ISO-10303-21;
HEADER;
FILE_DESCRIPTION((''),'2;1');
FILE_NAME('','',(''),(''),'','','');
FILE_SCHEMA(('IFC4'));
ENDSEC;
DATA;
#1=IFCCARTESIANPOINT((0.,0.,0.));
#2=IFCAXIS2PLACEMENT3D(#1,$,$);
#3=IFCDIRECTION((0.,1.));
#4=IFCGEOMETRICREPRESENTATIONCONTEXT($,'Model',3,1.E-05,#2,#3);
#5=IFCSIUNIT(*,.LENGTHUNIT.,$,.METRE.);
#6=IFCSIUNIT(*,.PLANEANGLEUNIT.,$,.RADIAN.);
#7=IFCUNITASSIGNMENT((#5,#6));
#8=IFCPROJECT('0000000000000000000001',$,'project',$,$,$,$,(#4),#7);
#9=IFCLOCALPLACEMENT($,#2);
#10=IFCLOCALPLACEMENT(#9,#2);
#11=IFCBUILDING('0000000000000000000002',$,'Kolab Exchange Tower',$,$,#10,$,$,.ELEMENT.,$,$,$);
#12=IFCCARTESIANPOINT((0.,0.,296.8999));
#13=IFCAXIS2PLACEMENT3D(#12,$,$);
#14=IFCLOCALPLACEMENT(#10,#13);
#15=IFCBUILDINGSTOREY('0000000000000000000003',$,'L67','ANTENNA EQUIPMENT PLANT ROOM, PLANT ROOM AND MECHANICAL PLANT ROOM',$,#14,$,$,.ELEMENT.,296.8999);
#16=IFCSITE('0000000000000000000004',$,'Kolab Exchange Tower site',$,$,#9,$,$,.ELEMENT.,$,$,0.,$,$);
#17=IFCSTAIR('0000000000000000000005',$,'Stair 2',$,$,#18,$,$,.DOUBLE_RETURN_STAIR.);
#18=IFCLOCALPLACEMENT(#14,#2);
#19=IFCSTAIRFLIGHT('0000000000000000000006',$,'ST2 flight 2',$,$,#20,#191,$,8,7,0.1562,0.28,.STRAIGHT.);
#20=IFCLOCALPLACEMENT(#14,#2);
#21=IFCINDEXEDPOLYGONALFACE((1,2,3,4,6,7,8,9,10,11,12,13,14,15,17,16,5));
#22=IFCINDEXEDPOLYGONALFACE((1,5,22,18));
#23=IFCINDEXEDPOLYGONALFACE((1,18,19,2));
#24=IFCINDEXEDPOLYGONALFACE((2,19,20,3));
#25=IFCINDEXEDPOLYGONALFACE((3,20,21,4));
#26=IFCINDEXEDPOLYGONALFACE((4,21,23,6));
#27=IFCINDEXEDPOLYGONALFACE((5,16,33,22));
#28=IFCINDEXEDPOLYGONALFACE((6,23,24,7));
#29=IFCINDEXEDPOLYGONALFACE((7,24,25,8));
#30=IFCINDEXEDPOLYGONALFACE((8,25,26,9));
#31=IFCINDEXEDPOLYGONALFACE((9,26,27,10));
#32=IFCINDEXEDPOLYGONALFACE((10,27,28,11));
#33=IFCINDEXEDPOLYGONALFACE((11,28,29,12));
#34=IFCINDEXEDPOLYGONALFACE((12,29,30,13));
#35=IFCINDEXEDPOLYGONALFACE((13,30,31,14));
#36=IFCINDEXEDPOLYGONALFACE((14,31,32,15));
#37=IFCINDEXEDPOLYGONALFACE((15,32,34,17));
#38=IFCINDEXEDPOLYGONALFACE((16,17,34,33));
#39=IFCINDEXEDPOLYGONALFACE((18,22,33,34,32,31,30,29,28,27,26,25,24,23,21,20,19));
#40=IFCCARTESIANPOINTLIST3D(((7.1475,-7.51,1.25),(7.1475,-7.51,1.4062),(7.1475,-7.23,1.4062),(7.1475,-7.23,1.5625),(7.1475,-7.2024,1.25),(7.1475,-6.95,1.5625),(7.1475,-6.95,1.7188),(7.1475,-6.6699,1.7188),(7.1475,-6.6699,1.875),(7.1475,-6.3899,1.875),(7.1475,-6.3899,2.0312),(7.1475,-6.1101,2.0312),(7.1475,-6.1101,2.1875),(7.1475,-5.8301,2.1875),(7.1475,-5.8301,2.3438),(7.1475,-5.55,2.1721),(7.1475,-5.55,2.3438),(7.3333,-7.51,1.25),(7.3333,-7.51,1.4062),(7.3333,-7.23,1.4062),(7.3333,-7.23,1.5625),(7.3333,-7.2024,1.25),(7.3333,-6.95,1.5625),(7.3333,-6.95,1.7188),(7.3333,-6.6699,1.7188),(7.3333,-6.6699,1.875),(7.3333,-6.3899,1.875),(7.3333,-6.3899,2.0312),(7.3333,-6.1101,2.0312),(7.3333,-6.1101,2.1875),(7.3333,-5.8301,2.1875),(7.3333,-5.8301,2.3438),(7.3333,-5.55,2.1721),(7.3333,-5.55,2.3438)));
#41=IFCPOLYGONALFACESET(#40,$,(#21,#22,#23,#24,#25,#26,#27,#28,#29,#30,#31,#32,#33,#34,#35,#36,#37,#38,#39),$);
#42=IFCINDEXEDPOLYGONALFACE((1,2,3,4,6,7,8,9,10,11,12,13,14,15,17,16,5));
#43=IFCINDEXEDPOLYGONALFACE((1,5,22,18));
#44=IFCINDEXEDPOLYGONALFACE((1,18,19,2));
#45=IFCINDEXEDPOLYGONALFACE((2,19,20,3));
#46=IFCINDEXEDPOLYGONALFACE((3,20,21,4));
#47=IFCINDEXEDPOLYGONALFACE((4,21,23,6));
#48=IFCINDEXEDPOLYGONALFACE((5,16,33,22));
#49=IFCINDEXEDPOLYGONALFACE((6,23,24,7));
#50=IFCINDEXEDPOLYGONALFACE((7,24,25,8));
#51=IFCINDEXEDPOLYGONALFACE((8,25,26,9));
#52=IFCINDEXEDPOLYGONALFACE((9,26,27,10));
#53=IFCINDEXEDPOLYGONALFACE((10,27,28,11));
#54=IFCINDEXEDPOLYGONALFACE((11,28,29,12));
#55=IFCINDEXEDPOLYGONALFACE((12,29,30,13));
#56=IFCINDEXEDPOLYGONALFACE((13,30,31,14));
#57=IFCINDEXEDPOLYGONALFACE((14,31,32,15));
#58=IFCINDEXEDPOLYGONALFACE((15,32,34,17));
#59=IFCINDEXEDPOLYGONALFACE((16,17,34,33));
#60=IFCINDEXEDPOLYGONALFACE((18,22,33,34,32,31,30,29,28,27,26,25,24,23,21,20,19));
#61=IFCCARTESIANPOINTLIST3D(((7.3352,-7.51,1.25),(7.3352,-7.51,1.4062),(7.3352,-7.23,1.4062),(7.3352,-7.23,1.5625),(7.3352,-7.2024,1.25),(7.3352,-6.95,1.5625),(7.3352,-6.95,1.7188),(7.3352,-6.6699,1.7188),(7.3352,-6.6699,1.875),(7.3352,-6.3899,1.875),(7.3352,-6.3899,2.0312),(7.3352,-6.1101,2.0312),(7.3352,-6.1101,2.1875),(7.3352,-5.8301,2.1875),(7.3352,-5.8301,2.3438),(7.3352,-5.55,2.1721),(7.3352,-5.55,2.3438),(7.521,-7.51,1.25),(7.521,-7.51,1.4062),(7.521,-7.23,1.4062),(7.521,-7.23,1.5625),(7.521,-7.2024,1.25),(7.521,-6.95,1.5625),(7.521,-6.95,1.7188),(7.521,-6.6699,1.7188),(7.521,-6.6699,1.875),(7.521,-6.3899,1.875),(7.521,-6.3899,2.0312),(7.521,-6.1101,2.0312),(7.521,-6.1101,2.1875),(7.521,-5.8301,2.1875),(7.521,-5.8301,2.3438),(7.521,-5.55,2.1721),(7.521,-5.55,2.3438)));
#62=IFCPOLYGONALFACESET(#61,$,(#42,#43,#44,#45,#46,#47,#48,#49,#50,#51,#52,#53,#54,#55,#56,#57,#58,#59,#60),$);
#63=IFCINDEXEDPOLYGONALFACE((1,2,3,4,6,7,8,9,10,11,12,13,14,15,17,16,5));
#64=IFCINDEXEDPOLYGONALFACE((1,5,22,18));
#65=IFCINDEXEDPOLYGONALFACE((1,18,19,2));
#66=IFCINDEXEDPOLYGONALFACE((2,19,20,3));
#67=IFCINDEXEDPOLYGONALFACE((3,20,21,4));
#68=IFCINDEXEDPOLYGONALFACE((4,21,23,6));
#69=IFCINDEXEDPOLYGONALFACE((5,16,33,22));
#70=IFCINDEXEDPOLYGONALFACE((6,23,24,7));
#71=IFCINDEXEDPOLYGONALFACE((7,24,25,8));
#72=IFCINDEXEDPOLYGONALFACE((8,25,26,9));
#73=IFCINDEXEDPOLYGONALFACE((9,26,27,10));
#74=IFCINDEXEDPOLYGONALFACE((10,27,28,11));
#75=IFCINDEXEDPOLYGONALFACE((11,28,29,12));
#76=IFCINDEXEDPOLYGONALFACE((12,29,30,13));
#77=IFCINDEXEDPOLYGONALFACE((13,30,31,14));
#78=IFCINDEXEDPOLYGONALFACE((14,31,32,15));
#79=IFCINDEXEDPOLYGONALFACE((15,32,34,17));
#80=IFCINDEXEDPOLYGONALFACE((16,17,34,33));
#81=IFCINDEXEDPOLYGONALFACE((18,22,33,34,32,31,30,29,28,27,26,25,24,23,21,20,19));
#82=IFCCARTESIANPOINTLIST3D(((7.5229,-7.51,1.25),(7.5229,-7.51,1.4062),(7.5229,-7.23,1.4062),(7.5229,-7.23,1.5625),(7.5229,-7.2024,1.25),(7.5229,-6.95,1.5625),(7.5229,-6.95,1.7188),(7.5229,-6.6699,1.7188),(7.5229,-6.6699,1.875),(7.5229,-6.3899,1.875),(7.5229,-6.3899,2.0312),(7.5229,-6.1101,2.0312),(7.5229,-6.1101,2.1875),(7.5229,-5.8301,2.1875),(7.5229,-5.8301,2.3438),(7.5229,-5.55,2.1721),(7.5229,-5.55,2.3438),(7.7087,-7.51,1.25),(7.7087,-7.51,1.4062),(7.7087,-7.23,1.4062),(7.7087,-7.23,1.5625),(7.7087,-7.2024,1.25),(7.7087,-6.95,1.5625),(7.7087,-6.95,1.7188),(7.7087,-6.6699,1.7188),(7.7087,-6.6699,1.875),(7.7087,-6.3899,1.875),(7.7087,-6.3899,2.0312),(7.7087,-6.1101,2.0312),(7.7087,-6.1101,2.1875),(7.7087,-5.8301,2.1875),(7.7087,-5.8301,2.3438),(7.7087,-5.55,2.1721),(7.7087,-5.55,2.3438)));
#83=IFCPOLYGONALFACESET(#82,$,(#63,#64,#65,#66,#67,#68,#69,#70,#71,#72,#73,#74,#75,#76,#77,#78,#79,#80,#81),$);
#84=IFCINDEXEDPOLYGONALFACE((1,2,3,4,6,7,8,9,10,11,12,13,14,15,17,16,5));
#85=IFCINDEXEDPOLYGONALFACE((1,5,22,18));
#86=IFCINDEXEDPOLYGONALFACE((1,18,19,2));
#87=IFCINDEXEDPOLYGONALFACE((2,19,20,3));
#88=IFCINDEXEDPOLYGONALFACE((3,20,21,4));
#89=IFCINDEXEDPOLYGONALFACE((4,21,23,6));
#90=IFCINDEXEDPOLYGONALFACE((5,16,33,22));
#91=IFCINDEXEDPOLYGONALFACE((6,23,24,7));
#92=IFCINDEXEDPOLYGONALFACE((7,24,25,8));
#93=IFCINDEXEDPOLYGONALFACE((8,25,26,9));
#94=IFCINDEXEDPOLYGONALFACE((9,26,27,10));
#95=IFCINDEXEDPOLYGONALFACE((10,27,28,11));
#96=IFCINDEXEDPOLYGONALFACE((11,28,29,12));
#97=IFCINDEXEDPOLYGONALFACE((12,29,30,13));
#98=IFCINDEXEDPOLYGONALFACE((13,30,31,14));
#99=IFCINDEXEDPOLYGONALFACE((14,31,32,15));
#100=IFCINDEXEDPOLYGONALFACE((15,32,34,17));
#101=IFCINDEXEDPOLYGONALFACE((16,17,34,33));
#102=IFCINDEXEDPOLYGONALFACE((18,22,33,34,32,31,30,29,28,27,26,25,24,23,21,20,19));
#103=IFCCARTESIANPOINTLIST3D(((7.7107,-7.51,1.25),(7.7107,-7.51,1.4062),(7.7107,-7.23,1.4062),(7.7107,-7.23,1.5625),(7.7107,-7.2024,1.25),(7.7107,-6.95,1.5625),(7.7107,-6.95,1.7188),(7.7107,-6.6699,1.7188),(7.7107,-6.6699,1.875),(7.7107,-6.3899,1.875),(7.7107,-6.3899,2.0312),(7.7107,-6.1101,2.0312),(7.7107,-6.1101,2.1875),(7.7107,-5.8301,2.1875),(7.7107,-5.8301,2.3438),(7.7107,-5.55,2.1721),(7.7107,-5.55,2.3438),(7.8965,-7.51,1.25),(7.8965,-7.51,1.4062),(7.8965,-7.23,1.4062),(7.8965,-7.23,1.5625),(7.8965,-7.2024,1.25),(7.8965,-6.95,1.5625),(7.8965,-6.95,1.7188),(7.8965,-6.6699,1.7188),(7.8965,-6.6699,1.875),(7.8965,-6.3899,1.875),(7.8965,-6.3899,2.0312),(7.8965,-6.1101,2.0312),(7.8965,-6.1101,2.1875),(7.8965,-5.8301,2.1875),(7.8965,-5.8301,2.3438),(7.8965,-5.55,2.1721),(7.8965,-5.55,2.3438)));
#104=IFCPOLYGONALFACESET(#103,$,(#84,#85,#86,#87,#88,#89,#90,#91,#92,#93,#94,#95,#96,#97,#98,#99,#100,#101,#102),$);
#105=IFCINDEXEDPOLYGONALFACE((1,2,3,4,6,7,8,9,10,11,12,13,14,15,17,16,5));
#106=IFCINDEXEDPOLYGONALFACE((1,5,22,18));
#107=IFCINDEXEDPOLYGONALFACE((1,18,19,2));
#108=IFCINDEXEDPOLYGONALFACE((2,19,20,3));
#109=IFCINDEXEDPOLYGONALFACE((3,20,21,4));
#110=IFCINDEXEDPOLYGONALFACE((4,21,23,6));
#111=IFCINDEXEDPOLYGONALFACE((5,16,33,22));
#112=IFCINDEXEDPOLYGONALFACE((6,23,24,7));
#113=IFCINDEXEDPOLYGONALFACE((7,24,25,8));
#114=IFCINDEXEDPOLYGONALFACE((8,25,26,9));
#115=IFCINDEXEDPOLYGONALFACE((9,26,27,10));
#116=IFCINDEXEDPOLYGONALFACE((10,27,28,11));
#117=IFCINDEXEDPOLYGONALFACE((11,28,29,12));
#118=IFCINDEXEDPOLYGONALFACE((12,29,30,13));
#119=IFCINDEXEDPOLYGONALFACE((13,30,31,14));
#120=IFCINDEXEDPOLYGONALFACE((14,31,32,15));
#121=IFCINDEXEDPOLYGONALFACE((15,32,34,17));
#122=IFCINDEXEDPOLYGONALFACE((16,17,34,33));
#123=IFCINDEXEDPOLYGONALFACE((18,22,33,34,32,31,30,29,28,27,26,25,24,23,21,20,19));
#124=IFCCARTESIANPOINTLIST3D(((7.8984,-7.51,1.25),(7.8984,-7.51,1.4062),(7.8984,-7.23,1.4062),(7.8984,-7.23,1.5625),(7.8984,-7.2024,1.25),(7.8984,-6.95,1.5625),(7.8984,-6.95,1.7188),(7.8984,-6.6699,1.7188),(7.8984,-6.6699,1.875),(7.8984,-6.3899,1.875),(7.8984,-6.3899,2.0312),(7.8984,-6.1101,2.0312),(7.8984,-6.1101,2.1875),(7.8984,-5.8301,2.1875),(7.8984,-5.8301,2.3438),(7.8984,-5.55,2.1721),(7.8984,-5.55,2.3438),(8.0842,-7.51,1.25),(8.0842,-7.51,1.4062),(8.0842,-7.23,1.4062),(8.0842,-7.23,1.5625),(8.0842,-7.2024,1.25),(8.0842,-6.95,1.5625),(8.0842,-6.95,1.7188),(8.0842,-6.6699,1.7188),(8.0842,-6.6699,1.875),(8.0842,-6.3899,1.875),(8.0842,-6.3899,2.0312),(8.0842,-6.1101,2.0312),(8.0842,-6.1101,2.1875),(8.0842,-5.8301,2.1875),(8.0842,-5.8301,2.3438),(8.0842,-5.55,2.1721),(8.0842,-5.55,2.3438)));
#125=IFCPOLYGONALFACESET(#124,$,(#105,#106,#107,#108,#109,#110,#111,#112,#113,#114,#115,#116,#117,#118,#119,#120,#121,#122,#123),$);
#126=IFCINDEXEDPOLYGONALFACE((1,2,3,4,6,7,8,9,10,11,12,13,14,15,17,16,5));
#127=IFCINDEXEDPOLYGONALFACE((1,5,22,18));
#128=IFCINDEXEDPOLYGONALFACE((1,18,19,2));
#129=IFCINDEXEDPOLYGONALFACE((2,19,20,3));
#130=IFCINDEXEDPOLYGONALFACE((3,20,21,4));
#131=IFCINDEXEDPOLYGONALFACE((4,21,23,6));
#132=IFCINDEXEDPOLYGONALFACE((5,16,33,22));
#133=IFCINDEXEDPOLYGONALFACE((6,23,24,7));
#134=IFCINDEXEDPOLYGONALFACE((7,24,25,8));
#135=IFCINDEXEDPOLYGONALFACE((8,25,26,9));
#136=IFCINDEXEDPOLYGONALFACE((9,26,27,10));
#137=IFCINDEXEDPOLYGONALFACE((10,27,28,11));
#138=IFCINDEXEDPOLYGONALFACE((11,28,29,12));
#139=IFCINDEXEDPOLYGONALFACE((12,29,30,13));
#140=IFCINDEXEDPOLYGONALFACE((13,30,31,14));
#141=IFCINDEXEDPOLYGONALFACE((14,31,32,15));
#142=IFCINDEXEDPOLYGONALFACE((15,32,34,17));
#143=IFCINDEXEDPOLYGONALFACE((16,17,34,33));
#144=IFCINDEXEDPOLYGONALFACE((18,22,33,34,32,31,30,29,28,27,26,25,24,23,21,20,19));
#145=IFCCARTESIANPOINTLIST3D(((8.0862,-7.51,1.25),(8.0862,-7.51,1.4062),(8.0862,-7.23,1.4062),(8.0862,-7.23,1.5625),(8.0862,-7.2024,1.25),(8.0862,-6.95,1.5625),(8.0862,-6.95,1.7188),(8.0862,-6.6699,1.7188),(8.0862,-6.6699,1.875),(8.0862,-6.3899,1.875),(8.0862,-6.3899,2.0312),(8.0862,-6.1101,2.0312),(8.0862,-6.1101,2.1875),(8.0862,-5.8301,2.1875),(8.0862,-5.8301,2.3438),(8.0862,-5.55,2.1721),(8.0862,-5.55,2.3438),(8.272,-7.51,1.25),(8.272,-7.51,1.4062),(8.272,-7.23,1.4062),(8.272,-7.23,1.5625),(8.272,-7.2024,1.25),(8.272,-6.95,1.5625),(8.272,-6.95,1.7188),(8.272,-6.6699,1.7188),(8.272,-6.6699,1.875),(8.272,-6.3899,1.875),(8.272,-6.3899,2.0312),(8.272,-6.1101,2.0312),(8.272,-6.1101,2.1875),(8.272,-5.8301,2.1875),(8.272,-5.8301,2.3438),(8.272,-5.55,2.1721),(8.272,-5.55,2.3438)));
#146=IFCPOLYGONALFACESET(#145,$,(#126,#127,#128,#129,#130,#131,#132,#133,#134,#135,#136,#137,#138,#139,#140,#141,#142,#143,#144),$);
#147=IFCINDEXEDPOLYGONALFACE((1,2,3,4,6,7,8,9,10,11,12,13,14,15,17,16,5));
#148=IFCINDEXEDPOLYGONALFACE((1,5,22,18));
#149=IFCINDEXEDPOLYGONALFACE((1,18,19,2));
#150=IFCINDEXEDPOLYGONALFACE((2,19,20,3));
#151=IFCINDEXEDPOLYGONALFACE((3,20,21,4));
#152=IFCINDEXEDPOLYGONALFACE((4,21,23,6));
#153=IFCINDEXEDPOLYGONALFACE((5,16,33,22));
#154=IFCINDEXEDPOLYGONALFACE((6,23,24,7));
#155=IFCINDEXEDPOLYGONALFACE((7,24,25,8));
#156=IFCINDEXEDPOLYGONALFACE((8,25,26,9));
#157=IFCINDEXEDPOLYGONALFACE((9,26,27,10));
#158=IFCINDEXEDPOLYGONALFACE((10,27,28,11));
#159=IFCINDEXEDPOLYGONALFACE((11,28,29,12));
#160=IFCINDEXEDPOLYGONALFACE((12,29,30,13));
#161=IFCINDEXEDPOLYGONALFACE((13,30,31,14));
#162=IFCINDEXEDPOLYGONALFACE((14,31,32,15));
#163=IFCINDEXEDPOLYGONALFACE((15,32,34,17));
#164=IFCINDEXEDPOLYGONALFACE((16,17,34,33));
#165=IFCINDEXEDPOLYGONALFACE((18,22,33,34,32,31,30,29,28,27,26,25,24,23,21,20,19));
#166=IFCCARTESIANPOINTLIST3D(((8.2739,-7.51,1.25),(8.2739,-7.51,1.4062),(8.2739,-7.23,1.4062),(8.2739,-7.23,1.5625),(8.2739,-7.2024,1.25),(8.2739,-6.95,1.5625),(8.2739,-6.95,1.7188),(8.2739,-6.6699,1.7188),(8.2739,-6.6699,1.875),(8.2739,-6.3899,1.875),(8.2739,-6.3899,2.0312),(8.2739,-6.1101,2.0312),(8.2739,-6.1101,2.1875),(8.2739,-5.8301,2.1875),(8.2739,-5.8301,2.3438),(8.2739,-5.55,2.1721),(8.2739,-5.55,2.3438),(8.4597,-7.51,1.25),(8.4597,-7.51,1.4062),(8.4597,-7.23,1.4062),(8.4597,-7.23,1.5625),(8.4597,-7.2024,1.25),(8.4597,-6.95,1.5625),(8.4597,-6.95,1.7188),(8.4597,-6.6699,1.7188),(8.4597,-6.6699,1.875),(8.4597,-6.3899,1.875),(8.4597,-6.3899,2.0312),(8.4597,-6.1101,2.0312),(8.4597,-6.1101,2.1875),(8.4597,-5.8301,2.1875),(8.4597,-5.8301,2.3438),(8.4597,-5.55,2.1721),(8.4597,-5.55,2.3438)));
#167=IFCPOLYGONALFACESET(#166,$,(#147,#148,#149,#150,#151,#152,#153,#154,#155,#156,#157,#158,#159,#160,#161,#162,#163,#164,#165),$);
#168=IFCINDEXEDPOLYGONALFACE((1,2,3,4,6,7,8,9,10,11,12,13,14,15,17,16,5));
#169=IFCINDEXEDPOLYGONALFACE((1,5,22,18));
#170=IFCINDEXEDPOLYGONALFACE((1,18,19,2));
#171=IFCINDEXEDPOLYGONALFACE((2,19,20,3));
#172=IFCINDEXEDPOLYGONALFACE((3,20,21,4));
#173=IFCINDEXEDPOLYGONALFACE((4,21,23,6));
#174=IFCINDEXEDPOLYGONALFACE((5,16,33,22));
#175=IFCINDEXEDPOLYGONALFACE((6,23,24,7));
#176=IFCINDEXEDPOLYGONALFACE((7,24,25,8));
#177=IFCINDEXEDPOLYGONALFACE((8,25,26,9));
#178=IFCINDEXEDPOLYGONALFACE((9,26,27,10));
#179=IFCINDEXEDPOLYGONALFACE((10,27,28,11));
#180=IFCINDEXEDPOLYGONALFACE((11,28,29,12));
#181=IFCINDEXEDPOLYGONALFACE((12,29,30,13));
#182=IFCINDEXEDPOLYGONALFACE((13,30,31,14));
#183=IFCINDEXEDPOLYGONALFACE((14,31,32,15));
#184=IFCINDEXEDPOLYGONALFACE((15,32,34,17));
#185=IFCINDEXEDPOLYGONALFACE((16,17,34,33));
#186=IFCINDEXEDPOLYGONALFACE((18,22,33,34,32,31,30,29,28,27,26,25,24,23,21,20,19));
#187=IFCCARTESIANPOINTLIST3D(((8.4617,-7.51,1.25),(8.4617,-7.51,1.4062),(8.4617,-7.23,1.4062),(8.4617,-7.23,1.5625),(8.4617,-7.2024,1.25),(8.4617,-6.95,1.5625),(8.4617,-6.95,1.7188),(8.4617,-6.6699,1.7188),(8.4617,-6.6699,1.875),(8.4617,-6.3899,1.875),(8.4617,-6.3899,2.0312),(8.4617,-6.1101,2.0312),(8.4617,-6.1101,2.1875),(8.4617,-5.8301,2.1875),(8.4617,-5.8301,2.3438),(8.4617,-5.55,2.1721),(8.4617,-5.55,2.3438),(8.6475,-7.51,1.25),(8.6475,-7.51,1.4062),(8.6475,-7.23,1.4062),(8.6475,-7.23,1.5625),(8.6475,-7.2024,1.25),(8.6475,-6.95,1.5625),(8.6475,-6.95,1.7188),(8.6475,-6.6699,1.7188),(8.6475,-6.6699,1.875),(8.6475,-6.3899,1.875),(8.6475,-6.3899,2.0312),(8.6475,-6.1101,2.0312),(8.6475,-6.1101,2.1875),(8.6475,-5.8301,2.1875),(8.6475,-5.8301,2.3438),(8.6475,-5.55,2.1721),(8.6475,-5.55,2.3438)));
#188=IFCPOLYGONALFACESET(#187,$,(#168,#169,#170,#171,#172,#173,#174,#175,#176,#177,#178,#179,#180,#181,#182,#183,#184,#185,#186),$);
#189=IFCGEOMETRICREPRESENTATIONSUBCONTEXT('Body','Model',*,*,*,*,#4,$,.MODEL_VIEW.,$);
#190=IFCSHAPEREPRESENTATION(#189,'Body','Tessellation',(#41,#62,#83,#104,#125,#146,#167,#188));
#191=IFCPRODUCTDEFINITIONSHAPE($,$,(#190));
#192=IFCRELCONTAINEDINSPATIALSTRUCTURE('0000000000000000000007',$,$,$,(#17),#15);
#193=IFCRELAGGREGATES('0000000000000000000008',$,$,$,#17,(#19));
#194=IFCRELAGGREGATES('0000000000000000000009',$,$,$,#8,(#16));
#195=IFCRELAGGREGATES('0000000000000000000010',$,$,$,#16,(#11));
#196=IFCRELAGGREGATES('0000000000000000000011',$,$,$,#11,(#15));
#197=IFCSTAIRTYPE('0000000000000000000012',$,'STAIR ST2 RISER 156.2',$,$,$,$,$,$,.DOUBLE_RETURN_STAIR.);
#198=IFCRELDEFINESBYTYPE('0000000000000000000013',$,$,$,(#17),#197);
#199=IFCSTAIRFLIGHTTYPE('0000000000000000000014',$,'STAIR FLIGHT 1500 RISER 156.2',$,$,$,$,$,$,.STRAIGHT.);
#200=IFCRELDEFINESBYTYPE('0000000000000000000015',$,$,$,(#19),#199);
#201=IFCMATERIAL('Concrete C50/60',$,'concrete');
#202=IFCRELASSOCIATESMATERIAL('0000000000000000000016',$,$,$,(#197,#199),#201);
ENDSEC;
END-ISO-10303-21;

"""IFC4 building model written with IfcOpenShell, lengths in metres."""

from ifc_helpers import new_model, si_unit, direction, frame, origin, place, context, subcontext, project, spatial, polyline, outline, extrude, material, type_object, element, aggregate, save


model = new_model("IFC4")

# Units and contexts
model_context = context("Model", 3, precision=1e-05, world=origin(), true_north=direction((0.0, 1.0)))
body_context = subcontext(model_context, "Body", "Model", "MODEL_VIEW")
ifc_project = project(units=[si_unit("LENGTHUNIT", "METRE"), si_unit("PLANEANGLEUNIT", "RADIAN")], contexts=[model_context])

# Site, building, storey
site_placement = place(None, origin())
site = spatial("IfcSite", under=ifc_project, at=site_placement, Name="Kolab Exchange Tower site", CompositionType="ELEMENT", RefElevation=0.0)
building_placement = place(site_placement, origin())
building = spatial("IfcBuilding", under=site, at=building_placement, Name="Kolab Exchange Tower", CompositionType="ELEMENT")
storey_placement = place(building_placement, frame((0.0, 0.0, 296.8999)))
storey = spatial("IfcBuildingStorey", under=building, at=storey_placement, Name="L67", Description="ANTENNA EQUIPMENT PLANT ROOM, PLANT ROOM AND MECHANICAL PLANT ROOM", CompositionType="ELEMENT", Elevation=296.8999)

# Shared definitions
ifc_material_1 = material(Name="Concrete C50/60", Category="concrete")

# Stair, stair flight
stair_type = type_object("IfcStairType", Name="STAIR ST2 RISER 156.2", PredefinedType="DOUBLE_RETURN_STAIR", material=ifc_material_1)
stair_placement = place(storey_placement, origin())
stair = element("IfcStair", 1, at=stair_placement, inside=storey, type_object=stair_type, Name="Stair 2", PredefinedType="DOUBLE_RETURN_STAIR")
stair_flight_type = type_object("IfcStairFlightType", Name="STAIR FLIGHT 1500 RISER 156.2", PredefinedType="STRAIGHT", material=ifc_material_1)
stair_flight_1_placement = place(storey_placement, frame((7.8975, -7.51, 1.25), z_axis=(0.0, 0.0, 1.0), x_axis=(0.0, 1.0, 0.0)))
stair_flight_1 = element("IfcStairFlight", 2, at=stair_flight_1_placement, type_object=stair_flight_type, Name="ST2 flight 2", NumberOfRisers=8, NumberOfTreads=7, PredefinedType="STRAIGHT", RiserHeight=0.1562, TreadLength=0.28, context=body_context, shape_type="SweptSolid", body=[
    extrude(outline(polyline([(0.0, 0.0), (0.0, 0.1562), (0.28, 0.1562), (0.28, 0.3125), (0.5601, 0.3125), (0.5601, 0.4688), (0.8401, 0.4688), (0.8401, 0.625), (1.1201, 0.625), (1.1201, 0.7812), (1.3999, 0.7812), (1.3999, 0.9375), (1.6799, 0.9375), (1.6799, 1.0938), (1.96, 1.0938), (1.96, 1.25), (1.96, 0.9221), (0.3076, 0.0), (0.0, 0.0)])), frame((0.0, 0.75, 0.0), z_axis=(0.0, -1.0, 0.0), x_axis=(1.0, 0.0, 0.0)), (0.0, 0.0, 1.0), 0.1858),
    extrude(outline(polyline([(0.0, 0.0), (0.0, 0.1562), (0.28, 0.1562), (0.28, 0.3125), (0.5601, 0.3125), (0.5601, 0.4688), (0.8401, 0.4688), (0.8401, 0.625), (1.1201, 0.625), (1.1201, 0.7812), (1.3999, 0.7812), (1.3999, 0.9375), (1.6799, 0.9375), (1.6799, 1.0938), (1.96, 1.0938), (1.96, 1.25), (1.96, 0.9221), (0.3076, 0.0), (0.0, 0.0)])), frame((0.0, 0.5623, 0.0), z_axis=(0.0, -1.0, 0.0), x_axis=(1.0, 0.0, 0.0)), (0.0, 0.0, 1.0), 0.1858),
    extrude(outline(polyline([(0.0, 0.0), (0.0, 0.1562), (0.28, 0.1562), (0.28, 0.3125), (0.5601, 0.3125), (0.5601, 0.4688), (0.8401, 0.4688), (0.8401, 0.625), (1.1201, 0.625), (1.1201, 0.7812), (1.3999, 0.7812), (1.3999, 0.9375), (1.6799, 0.9375), (1.6799, 1.0938), (1.96, 1.0938), (1.96, 1.25), (1.96, 0.9221), (0.3076, 0.0), (0.0, 0.0)])), frame((0.0, 0.3745, 0.0), z_axis=(0.0, -1.0, 0.0), x_axis=(1.0, 0.0, 0.0)), (0.0, 0.0, 1.0), 0.1858),
    extrude(outline(polyline([(0.0, 0.0), (0.0, 0.1562), (0.28, 0.1562), (0.28, 0.3125), (0.5601, 0.3125), (0.5601, 0.4688), (0.8401, 0.4688), (0.8401, 0.625), (1.1201, 0.625), (1.1201, 0.7812), (1.3999, 0.7812), (1.3999, 0.9375), (1.6799, 0.9375), (1.6799, 1.0938), (1.96, 1.0938), (1.96, 1.25), (1.96, 0.9221), (0.3076, 0.0), (0.0, 0.0)])), frame((0.0, 0.1868, 0.0), z_axis=(0.0, -1.0, 0.0), x_axis=(1.0, 0.0, 0.0)), (0.0, 0.0, 1.0), 0.1858),
    extrude(outline(polyline([(0.0, 0.0), (0.0, 0.1562), (0.28, 0.1562), (0.28, 0.3125), (0.5601, 0.3125), (0.5601, 0.4688), (0.8401, 0.4688), (0.8401, 0.625), (1.1201, 0.625), (1.1201, 0.7812), (1.3999, 0.7812), (1.3999, 0.9375), (1.6799, 0.9375), (1.6799, 1.0938), (1.96, 1.0938), (1.96, 1.25), (1.96, 0.9221), (0.3076, 0.0), (0.0, 0.0)])), frame((0.0, -0.001, 0.0), z_axis=(0.0, -1.0, 0.0), x_axis=(1.0, 0.0, 0.0)), (0.0, 0.0, 1.0), 0.1858),
    extrude(outline(polyline([(0.0, 0.0), (0.0, 0.1562), (0.28, 0.1562), (0.28, 0.3125), (0.5601, 0.3125), (0.5601, 0.4688), (0.8401, 0.4688), (0.8401, 0.625), (1.1201, 0.625), (1.1201, 0.7812), (1.3999, 0.7812), (1.3999, 0.9375), (1.6799, 0.9375), (1.6799, 1.0938), (1.96, 1.0938), (1.96, 1.25), (1.96, 0.9221), (0.3076, 0.0), (0.0, 0.0)])), frame((0.0, -0.1887, 0.0), z_axis=(0.0, -1.0, 0.0), x_axis=(1.0, 0.0, 0.0)), (0.0, 0.0, 1.0), 0.1858),
    extrude(outline(polyline([(0.0, 0.0), (0.0, 0.1562), (0.28, 0.1562), (0.28, 0.3125), (0.5601, 0.3125), (0.5601, 0.4688), (0.8401, 0.4688), (0.8401, 0.625), (1.1201, 0.625), (1.1201, 0.7812), (1.3999, 0.7812), (1.3999, 0.9375), (1.6799, 0.9375), (1.6799, 1.0938), (1.96, 1.0938), (1.96, 1.25), (1.96, 0.9221), (0.3076, 0.0), (0.0, 0.0)])), frame((0.0, -0.3765, 0.0), z_axis=(0.0, -1.0, 0.0), x_axis=(1.0, 0.0, 0.0)), (0.0, 0.0, 1.0), 0.1858),
    extrude(outline(polyline([(0.0, 0.0), (0.0, 0.1562), (0.28, 0.1562), (0.28, 0.3125), (0.5601, 0.3125), (0.5601, 0.4688), (0.8401, 0.4688), (0.8401, 0.625), (1.1201, 0.625), (1.1201, 0.7812), (1.3999, 0.7812), (1.3999, 0.9375), (1.6799, 0.9375), (1.6799, 1.0938), (1.96, 1.0938), (1.96, 1.25), (1.96, 0.9221), (0.3076, 0.0), (0.0, 0.0)])), frame((0.0, -0.5642, 0.0), z_axis=(0.0, -1.0, 0.0), x_axis=(1.0, 0.0, 0.0)), (0.0, 0.0, 1.0), 0.1858),
])
aggregate(stair, [stair_flight_1])

save(model, "model.ifc")
